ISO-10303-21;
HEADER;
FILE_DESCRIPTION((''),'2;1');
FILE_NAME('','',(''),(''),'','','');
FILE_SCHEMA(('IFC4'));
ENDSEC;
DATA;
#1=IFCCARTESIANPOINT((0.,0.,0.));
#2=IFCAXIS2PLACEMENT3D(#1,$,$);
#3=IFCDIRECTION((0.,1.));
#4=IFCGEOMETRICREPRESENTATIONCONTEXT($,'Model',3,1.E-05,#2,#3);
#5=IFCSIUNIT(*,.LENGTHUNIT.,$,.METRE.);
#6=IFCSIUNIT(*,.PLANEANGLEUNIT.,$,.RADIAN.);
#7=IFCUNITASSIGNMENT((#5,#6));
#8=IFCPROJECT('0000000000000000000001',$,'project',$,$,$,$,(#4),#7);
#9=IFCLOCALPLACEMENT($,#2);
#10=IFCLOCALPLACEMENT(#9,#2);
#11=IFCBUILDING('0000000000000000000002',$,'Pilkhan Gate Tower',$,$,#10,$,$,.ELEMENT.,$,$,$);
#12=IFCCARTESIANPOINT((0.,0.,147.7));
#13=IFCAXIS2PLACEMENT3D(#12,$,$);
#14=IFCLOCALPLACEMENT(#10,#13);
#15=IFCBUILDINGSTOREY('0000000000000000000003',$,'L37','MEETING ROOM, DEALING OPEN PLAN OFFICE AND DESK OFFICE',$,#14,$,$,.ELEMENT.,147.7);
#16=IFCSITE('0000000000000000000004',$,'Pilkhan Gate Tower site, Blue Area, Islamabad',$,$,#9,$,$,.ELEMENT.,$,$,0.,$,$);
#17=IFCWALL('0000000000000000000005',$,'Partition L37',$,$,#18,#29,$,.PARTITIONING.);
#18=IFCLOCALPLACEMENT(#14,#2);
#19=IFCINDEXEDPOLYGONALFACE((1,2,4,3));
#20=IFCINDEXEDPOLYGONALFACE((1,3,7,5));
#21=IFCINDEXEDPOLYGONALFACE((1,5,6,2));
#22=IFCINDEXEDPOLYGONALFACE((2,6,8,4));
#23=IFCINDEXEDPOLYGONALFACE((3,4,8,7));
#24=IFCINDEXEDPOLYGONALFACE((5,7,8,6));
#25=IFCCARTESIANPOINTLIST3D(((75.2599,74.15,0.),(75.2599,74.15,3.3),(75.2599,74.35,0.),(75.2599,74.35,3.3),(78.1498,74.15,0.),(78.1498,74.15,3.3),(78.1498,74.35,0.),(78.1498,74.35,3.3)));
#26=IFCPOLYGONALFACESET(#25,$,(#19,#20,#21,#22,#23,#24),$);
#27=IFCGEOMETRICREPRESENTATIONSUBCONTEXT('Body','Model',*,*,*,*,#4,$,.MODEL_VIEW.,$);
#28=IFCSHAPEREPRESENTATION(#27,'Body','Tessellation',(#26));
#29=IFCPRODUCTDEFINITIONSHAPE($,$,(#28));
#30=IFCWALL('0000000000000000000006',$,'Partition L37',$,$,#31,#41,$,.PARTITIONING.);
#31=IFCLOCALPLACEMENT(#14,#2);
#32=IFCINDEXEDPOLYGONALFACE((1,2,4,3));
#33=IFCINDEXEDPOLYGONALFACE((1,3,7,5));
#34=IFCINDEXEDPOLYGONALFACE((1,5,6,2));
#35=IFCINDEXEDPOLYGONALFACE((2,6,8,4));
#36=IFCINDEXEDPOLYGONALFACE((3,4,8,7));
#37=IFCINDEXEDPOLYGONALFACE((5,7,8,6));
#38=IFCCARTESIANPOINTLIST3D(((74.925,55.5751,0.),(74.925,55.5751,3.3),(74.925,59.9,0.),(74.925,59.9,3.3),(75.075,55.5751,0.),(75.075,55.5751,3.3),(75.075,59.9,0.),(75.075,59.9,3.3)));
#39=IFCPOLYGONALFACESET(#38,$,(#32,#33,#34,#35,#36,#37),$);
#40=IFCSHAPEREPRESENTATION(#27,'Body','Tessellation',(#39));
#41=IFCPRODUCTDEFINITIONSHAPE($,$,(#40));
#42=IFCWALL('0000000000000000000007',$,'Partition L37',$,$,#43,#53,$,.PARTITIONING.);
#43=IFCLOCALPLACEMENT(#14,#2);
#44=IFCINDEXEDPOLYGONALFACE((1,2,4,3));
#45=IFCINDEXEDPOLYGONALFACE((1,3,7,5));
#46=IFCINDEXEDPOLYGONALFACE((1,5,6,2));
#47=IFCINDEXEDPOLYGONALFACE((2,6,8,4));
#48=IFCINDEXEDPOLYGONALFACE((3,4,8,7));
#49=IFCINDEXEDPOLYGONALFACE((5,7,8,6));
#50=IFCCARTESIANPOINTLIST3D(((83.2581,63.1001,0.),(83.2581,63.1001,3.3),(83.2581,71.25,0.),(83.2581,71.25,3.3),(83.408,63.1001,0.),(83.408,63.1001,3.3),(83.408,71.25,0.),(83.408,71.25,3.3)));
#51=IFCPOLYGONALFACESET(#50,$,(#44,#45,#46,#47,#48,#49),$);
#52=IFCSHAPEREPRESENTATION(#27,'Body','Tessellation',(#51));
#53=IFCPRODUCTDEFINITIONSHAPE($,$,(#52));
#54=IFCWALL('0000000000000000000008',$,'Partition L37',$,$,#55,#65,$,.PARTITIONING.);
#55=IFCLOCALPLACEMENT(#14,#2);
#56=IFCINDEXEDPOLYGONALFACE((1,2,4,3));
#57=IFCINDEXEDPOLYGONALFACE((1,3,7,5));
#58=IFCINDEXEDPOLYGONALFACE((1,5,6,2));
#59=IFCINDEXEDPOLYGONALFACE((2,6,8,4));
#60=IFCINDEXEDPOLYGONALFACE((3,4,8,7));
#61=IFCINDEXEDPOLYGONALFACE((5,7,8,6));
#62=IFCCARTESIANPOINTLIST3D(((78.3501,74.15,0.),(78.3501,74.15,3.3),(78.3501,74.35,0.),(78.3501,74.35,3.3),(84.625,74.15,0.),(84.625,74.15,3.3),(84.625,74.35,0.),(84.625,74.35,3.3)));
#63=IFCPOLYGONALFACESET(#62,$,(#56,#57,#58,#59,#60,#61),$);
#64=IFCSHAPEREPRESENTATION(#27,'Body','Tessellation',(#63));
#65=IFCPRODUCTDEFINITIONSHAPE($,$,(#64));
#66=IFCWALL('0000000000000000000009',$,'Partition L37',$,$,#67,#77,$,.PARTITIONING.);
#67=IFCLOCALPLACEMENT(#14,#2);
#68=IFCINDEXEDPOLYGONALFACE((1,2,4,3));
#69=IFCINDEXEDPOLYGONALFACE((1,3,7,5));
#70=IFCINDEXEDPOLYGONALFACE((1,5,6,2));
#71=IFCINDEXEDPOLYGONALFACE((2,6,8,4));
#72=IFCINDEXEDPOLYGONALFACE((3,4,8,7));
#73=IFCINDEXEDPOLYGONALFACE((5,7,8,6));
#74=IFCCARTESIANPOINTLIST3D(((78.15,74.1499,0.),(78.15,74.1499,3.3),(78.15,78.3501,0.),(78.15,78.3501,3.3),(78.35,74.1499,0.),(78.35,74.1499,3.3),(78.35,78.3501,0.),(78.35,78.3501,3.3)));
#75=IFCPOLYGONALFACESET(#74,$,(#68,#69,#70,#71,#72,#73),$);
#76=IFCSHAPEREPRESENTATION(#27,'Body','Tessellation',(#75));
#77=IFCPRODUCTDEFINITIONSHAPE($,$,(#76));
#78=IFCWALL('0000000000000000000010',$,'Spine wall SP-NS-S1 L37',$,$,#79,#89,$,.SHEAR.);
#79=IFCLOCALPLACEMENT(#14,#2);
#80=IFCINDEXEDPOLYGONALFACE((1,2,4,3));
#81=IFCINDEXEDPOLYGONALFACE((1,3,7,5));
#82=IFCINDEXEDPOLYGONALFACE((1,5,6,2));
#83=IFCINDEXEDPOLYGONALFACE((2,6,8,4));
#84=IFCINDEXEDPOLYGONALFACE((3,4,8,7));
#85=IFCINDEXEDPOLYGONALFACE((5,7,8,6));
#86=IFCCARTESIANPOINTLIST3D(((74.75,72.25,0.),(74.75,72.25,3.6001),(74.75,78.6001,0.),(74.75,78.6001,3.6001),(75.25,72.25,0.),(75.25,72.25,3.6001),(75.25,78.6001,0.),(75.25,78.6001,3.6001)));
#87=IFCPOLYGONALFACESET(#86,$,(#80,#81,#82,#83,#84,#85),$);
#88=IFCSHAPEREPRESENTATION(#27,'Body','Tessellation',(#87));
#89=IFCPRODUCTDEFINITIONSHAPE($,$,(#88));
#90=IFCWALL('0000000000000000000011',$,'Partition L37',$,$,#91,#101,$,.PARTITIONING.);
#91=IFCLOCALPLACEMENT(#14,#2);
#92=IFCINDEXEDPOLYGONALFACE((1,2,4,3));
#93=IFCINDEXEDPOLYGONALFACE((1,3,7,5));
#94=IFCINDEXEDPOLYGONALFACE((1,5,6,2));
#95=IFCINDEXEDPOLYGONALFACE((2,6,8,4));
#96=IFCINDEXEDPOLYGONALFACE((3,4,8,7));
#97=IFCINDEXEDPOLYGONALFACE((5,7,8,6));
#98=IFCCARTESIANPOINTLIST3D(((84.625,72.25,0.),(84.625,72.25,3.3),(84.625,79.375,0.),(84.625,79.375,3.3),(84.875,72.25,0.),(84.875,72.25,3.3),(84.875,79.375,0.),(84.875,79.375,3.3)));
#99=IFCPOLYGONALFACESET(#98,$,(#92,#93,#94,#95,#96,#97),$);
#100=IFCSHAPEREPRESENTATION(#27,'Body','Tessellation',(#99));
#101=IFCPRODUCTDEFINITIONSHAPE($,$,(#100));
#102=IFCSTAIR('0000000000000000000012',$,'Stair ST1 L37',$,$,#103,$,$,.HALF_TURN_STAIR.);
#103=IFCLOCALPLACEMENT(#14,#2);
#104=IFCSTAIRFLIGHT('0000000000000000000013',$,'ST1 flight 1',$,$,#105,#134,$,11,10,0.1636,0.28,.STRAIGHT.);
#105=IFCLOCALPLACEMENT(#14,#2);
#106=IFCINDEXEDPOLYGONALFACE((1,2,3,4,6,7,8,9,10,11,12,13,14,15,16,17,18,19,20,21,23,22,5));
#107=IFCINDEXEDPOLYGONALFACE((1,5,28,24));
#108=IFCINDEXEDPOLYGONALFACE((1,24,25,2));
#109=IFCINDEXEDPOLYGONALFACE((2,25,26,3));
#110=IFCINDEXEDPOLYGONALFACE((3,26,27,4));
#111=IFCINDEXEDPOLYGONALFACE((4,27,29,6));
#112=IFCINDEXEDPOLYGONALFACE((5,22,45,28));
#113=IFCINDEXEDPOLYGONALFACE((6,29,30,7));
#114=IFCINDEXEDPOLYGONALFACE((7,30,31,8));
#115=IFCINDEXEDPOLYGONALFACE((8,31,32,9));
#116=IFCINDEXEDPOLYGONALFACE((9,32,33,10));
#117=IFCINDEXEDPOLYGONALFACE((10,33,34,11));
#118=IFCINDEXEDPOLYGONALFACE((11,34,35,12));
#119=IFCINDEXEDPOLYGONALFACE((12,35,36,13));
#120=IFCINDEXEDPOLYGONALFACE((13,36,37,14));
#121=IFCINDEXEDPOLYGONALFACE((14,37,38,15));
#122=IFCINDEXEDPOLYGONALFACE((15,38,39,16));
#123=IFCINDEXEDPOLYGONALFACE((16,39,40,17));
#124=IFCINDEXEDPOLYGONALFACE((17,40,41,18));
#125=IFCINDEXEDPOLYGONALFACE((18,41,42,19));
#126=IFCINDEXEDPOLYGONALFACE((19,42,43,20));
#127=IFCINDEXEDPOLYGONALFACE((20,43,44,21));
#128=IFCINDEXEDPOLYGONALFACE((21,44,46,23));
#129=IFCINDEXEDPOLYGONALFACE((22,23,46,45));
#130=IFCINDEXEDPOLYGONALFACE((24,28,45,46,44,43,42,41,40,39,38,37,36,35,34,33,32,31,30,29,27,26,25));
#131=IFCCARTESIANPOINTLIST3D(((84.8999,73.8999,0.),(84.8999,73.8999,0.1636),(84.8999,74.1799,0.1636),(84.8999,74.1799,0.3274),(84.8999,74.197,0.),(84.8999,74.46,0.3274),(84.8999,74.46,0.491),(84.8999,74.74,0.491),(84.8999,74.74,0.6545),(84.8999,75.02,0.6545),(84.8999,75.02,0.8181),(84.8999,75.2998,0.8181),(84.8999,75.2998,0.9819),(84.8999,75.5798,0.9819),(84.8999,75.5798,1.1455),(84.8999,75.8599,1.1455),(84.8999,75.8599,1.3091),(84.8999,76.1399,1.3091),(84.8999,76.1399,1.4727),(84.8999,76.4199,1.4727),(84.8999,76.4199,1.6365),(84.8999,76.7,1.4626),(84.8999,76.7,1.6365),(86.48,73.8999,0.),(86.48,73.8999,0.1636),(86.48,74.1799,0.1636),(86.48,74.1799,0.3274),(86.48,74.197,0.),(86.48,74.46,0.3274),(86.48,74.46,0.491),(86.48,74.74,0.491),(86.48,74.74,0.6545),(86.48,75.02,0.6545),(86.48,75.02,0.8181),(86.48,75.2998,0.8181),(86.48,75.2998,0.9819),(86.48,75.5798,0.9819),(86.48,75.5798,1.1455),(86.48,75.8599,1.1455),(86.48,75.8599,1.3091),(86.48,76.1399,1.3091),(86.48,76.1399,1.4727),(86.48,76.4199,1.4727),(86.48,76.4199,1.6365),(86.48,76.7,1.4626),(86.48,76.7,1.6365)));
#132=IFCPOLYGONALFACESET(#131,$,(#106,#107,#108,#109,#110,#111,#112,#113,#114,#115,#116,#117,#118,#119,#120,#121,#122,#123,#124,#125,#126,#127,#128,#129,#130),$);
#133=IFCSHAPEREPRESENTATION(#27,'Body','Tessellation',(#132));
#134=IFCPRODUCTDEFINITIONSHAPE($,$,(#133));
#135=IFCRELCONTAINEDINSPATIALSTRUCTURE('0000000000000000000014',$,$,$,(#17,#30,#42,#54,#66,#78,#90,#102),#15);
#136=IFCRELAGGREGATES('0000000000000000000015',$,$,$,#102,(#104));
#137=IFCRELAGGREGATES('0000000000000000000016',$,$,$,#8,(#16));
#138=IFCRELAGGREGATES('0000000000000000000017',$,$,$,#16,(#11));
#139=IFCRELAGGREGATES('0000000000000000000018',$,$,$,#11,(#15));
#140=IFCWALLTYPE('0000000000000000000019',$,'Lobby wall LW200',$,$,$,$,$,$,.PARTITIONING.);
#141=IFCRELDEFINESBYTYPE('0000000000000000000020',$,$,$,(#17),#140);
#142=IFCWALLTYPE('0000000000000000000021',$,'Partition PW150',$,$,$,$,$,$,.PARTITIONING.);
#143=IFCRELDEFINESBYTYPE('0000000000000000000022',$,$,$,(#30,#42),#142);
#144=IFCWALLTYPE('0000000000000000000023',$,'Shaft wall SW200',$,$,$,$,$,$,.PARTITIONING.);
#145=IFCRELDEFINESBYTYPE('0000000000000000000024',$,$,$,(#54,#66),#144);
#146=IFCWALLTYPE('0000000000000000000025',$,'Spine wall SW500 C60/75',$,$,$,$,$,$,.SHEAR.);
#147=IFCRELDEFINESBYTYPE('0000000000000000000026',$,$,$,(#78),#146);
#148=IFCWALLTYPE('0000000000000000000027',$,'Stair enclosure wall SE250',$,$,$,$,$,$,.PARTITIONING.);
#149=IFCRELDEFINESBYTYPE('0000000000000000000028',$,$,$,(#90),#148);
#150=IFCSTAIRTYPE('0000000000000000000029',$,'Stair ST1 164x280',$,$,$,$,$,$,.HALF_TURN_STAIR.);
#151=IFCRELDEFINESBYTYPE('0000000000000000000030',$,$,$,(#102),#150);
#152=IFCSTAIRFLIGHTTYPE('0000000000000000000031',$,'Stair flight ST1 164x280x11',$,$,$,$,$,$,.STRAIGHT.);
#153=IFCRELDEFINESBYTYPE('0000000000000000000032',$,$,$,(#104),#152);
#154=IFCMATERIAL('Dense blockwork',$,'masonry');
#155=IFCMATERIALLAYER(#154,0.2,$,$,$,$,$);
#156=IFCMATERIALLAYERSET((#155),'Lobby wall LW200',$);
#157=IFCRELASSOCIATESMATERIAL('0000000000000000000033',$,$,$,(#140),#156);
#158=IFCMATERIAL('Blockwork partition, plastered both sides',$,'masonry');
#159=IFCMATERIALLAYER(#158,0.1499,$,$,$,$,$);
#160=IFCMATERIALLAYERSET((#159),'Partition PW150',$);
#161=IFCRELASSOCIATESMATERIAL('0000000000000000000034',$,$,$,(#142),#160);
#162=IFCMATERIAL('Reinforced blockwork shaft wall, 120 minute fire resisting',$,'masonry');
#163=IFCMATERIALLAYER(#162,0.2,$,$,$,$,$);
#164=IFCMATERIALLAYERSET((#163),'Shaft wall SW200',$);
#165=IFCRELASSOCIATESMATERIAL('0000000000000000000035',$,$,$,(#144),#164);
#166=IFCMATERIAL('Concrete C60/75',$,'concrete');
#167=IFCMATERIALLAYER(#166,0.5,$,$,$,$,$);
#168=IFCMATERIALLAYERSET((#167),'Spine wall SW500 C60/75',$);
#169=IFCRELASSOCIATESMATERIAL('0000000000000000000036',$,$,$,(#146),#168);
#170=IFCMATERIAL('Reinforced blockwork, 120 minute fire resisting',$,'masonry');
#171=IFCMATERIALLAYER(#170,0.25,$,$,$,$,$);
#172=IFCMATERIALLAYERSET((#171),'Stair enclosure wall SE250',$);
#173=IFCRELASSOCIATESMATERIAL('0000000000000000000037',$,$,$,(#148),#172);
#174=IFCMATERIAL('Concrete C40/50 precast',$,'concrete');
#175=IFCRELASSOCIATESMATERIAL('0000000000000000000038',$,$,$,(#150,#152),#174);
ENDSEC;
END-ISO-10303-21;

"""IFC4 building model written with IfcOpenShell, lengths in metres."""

from ifc_helpers import new_model, si_unit, direction, frame, frame_2d, origin, place, context, subcontext, project, spatial, polyline, rectangle, outline, extrude, material, layer, layer_set, type_object, element, aggregate, save


model = new_model("IFC4")

# Units and contexts
model_context = context("Model", 3, precision=1e-05, world=origin(), true_north=direction((0.0, 1.0)))
body_context = subcontext(model_context, "Body", "Model", "MODEL_VIEW")
ifc_project = project(units=[si_unit("LENGTHUNIT", "METRE"), si_unit("PLANEANGLEUNIT", "RADIAN")], contexts=[model_context])

# Site, building, storey
site_placement = place(None, origin())
site = spatial("IfcSite", under=ifc_project, at=site_placement, Name="Pilkhan Gate Tower site, Blue Area, Islamabad", CompositionType="ELEMENT", RefElevation=0.0)
building_placement = place(site_placement, origin())
building = spatial("IfcBuilding", under=site, at=building_placement, Name="Pilkhan Gate Tower", CompositionType="ELEMENT")
storey_placement = place(building_placement, frame((0.0, 0.0, 147.7)))
storey = spatial("IfcBuildingStorey", under=building, at=storey_placement, Name="L37", Description="MEETING ROOM, DEALING OPEN PLAN OFFICE AND DESK OFFICE", CompositionType="ELEMENT", Elevation=147.7)

# Shared definitions
ifc_material_1 = material(Name="Concrete C60/75", Category="concrete")

# Shared definitions
ifc_material_2 = material(Name="Dense blockwork", Category="masonry")

# Walls
ifc_layer_1 = layer(ifc_material_2, 0.2)
ifc_layer_set_1 = layer_set([ifc_layer_1], Name="Lobby wall LW200")
wall_type_1 = type_object("IfcWallType", Name="Lobby wall LW200", PredefinedType="PARTITIONING", material=ifc_layer_set_1)
wall_1_placement = place(storey_placement, frame((75.26, 74.25, 0.0), z_axis=(0.0, 0.0, 1.0), x_axis=(1.0, 0.0, 0.0)))
element("IfcWall", 1, at=wall_1_placement, inside=storey, type_object=wall_type_1, Name="Partition L37", PredefinedType="PARTITIONING", context=body_context, shape_type="SweptSolid", body=[
    extrude(rectangle(XDim=2.8899, YDim=0.2, at=frame_2d((1.4448, 0.0))), origin(), (0.0, 0.0, 1.0), 3.3),
])
ifc_material_3 = material(Name="Blockwork partition, plastered both sides", Category="masonry")
ifc_layer_2 = layer(ifc_material_3, 0.1499)
ifc_layer_set_2 = layer_set([ifc_layer_2], Name="Partition PW150")
wall_type_2 = type_object("IfcWallType", Name="Partition PW150", PredefinedType="PARTITIONING", material=ifc_layer_set_2)
wall_2_placement = place(storey_placement, frame((75.0, 55.575, 0.0), z_axis=(0.0, 0.0, 1.0), x_axis=(0.0, 1.0, 0.0)))
element("IfcWall", 2, at=wall_2_placement, inside=storey, type_object=wall_type_2, Name="Partition L37", PredefinedType="PARTITIONING", context=body_context, shape_type="SweptSolid", body=[
    extrude(rectangle(XDim=4.325, YDim=0.1499, at=frame_2d((2.1626, 0.0))), origin(), (0.0, 0.0, 1.0), 3.3),
])
wall_3_placement = place(storey_placement, frame((83.333, 63.1001, 0.0), z_axis=(0.0, 0.0, 1.0), x_axis=(0.0, 1.0, 0.0)))
element("IfcWall", 3, at=wall_3_placement, inside=storey, type_object=wall_type_2, Name="Partition L37", PredefinedType="PARTITIONING", context=body_context, shape_type="SweptSolid", body=[
    extrude(rectangle(XDim=8.1499, YDim=0.1499, at=frame_2d((4.075, 0.0))), origin(), (0.0, 0.0, 1.0), 3.3),
])
ifc_material_4 = material(Name="Reinforced blockwork shaft wall, 120 minute fire resisting", Category="masonry")
ifc_layer_3 = layer(ifc_material_4, 0.2)
ifc_layer_set_3 = layer_set([ifc_layer_3], Name="Shaft wall SW200")
wall_type_3 = type_object("IfcWallType", Name="Shaft wall SW200", PredefinedType="PARTITIONING", material=ifc_layer_set_3)
wall_4_placement = place(storey_placement, frame((78.3501, 74.25, 0.0), z_axis=(0.0, 0.0, 1.0), x_axis=(1.0, 0.0, 0.0)))
element("IfcWall", 4, at=wall_4_placement, inside=storey, type_object=wall_type_3, Name="Partition L37", PredefinedType="PARTITIONING", context=body_context, shape_type="SweptSolid", body=[
    extrude(rectangle(XDim=6.2749, YDim=0.2, at=frame_2d((3.1375, 0.0))), origin(), (0.0, 0.0, 1.0), 3.3),
])
wall_5_placement = place(storey_placement, frame((78.25, 74.1499, 0.0), z_axis=(0.0, 0.0, 1.0), x_axis=(0.0, 1.0, 0.0)))
element("IfcWall", 5, at=wall_5_placement, inside=storey, type_object=wall_type_3, Name="Partition L37", PredefinedType="PARTITIONING", context=body_context, shape_type="SweptSolid", body=[
    extrude(rectangle(XDim=4.2002, YDim=0.2, at=frame_2d((2.1001, 0.0))), origin(), (0.0, 0.0, 1.0), 3.3),
])
ifc_layer_4 = layer(ifc_material_1, 0.5)
ifc_layer_set_4 = layer_set([ifc_layer_4], Name="Spine wall SW500 C60/75")
wall_type_4 = type_object("IfcWallType", Name="Spine wall SW500 C60/75", PredefinedType="SHEAR", material=ifc_layer_set_4)
wall_6_placement = place(storey_placement, frame((75.0, 72.25, 0.0), z_axis=(0.0, 0.0, 1.0), x_axis=(0.0, 1.0, 0.0)))
element("IfcWall", 6, at=wall_6_placement, inside=storey, type_object=wall_type_4, Name="Spine wall SP-NS-S1 L37", PredefinedType="SHEAR", context=body_context, shape_type="SweptSolid", body=[
    extrude(rectangle(XDim=6.3501, YDim=0.5, at=frame_2d((3.175, 0.0))), origin(), (0.0, 0.0, 1.0), 3.6001),
])
ifc_material_5 = material(Name="Reinforced blockwork, 120 minute fire resisting", Category="masonry")
ifc_layer_5 = layer(ifc_material_5, 0.25)
ifc_layer_set_5 = layer_set([ifc_layer_5], Name="Stair enclosure wall SE250")
wall_type_5 = type_object("IfcWallType", Name="Stair enclosure wall SE250", PredefinedType="PARTITIONING", material=ifc_layer_set_5)
wall_7_placement = place(storey_placement, frame((84.75, 72.25, 0.0), z_axis=(0.0, 0.0, 1.0), x_axis=(0.0, 1.0, 0.0)))
element("IfcWall", 7, at=wall_7_placement, inside=storey, type_object=wall_type_5, Name="Partition L37", PredefinedType="PARTITIONING", context=body_context, shape_type="SweptSolid", body=[
    extrude(rectangle(XDim=7.125, YDim=0.25, at=frame_2d((3.5625, 0.0))), origin(), (0.0, 0.0, 1.0), 3.3),
])

# Stair, stair flight
ifc_material_6 = material(Name="Concrete C40/50 precast", Category="concrete")
stair_type = type_object("IfcStairType", Name="Stair ST1 164x280", PredefinedType="HALF_TURN_STAIR", material=ifc_material_6)
stair_placement = place(storey_placement, origin())
stair = element("IfcStair", 8, at=stair_placement, inside=storey, type_object=stair_type, Name="Stair ST1 L37", PredefinedType="HALF_TURN_STAIR")
stair_flight_type = type_object("IfcStairFlightType", Name="Stair flight ST1 164x280x11", PredefinedType="STRAIGHT", material=ifc_material_6)
stair_flight_placement = place(storey_placement, frame((85.6899, 73.8999, 0.0), z_axis=(0.0, 0.0, 1.0), x_axis=(0.0, 1.0, 0.0)))
stair_flight = element("IfcStairFlight", 9, at=stair_flight_placement, type_object=stair_flight_type, Name="ST1 flight 1", NumberOfRisers=11, NumberOfTreads=10, PredefinedType="STRAIGHT", RiserHeight=0.1636, TreadLength=0.28, context=body_context, shape_type="SweptSolid", body=[
    extrude(outline(polyline([(0.0, 0.0), (0.0, 0.1636), (0.28, 0.1636), (0.28, 0.3274), (0.5601, 0.3274), (0.5601, 0.491), (0.8401, 0.491), (0.8401, 0.6545), (1.1201, 0.6545), (1.1201, 0.8181), (1.3999, 0.8181), (1.3999, 0.9819), (1.6799, 0.9819), (1.6799, 1.1455), (1.96, 1.1455), (1.96, 1.3091), (2.24, 1.3091), (2.24, 1.4727), (2.52, 1.4727), (2.52, 1.6365), (2.8, 1.6365), (2.8, 1.8), (2.8, 1.4626), (0.2971, 0.0), (0.0, 0.0)])), frame((0.0, 0.79, 0.0), z_axis=(0.0, -1.0, 0.0), x_axis=(1.0, 0.0, 0.0)), (0.0, 0.0, 1.0), 1.5801),
])
aggregate(stair, [stair_flight])

save(model, "model.ifc")
